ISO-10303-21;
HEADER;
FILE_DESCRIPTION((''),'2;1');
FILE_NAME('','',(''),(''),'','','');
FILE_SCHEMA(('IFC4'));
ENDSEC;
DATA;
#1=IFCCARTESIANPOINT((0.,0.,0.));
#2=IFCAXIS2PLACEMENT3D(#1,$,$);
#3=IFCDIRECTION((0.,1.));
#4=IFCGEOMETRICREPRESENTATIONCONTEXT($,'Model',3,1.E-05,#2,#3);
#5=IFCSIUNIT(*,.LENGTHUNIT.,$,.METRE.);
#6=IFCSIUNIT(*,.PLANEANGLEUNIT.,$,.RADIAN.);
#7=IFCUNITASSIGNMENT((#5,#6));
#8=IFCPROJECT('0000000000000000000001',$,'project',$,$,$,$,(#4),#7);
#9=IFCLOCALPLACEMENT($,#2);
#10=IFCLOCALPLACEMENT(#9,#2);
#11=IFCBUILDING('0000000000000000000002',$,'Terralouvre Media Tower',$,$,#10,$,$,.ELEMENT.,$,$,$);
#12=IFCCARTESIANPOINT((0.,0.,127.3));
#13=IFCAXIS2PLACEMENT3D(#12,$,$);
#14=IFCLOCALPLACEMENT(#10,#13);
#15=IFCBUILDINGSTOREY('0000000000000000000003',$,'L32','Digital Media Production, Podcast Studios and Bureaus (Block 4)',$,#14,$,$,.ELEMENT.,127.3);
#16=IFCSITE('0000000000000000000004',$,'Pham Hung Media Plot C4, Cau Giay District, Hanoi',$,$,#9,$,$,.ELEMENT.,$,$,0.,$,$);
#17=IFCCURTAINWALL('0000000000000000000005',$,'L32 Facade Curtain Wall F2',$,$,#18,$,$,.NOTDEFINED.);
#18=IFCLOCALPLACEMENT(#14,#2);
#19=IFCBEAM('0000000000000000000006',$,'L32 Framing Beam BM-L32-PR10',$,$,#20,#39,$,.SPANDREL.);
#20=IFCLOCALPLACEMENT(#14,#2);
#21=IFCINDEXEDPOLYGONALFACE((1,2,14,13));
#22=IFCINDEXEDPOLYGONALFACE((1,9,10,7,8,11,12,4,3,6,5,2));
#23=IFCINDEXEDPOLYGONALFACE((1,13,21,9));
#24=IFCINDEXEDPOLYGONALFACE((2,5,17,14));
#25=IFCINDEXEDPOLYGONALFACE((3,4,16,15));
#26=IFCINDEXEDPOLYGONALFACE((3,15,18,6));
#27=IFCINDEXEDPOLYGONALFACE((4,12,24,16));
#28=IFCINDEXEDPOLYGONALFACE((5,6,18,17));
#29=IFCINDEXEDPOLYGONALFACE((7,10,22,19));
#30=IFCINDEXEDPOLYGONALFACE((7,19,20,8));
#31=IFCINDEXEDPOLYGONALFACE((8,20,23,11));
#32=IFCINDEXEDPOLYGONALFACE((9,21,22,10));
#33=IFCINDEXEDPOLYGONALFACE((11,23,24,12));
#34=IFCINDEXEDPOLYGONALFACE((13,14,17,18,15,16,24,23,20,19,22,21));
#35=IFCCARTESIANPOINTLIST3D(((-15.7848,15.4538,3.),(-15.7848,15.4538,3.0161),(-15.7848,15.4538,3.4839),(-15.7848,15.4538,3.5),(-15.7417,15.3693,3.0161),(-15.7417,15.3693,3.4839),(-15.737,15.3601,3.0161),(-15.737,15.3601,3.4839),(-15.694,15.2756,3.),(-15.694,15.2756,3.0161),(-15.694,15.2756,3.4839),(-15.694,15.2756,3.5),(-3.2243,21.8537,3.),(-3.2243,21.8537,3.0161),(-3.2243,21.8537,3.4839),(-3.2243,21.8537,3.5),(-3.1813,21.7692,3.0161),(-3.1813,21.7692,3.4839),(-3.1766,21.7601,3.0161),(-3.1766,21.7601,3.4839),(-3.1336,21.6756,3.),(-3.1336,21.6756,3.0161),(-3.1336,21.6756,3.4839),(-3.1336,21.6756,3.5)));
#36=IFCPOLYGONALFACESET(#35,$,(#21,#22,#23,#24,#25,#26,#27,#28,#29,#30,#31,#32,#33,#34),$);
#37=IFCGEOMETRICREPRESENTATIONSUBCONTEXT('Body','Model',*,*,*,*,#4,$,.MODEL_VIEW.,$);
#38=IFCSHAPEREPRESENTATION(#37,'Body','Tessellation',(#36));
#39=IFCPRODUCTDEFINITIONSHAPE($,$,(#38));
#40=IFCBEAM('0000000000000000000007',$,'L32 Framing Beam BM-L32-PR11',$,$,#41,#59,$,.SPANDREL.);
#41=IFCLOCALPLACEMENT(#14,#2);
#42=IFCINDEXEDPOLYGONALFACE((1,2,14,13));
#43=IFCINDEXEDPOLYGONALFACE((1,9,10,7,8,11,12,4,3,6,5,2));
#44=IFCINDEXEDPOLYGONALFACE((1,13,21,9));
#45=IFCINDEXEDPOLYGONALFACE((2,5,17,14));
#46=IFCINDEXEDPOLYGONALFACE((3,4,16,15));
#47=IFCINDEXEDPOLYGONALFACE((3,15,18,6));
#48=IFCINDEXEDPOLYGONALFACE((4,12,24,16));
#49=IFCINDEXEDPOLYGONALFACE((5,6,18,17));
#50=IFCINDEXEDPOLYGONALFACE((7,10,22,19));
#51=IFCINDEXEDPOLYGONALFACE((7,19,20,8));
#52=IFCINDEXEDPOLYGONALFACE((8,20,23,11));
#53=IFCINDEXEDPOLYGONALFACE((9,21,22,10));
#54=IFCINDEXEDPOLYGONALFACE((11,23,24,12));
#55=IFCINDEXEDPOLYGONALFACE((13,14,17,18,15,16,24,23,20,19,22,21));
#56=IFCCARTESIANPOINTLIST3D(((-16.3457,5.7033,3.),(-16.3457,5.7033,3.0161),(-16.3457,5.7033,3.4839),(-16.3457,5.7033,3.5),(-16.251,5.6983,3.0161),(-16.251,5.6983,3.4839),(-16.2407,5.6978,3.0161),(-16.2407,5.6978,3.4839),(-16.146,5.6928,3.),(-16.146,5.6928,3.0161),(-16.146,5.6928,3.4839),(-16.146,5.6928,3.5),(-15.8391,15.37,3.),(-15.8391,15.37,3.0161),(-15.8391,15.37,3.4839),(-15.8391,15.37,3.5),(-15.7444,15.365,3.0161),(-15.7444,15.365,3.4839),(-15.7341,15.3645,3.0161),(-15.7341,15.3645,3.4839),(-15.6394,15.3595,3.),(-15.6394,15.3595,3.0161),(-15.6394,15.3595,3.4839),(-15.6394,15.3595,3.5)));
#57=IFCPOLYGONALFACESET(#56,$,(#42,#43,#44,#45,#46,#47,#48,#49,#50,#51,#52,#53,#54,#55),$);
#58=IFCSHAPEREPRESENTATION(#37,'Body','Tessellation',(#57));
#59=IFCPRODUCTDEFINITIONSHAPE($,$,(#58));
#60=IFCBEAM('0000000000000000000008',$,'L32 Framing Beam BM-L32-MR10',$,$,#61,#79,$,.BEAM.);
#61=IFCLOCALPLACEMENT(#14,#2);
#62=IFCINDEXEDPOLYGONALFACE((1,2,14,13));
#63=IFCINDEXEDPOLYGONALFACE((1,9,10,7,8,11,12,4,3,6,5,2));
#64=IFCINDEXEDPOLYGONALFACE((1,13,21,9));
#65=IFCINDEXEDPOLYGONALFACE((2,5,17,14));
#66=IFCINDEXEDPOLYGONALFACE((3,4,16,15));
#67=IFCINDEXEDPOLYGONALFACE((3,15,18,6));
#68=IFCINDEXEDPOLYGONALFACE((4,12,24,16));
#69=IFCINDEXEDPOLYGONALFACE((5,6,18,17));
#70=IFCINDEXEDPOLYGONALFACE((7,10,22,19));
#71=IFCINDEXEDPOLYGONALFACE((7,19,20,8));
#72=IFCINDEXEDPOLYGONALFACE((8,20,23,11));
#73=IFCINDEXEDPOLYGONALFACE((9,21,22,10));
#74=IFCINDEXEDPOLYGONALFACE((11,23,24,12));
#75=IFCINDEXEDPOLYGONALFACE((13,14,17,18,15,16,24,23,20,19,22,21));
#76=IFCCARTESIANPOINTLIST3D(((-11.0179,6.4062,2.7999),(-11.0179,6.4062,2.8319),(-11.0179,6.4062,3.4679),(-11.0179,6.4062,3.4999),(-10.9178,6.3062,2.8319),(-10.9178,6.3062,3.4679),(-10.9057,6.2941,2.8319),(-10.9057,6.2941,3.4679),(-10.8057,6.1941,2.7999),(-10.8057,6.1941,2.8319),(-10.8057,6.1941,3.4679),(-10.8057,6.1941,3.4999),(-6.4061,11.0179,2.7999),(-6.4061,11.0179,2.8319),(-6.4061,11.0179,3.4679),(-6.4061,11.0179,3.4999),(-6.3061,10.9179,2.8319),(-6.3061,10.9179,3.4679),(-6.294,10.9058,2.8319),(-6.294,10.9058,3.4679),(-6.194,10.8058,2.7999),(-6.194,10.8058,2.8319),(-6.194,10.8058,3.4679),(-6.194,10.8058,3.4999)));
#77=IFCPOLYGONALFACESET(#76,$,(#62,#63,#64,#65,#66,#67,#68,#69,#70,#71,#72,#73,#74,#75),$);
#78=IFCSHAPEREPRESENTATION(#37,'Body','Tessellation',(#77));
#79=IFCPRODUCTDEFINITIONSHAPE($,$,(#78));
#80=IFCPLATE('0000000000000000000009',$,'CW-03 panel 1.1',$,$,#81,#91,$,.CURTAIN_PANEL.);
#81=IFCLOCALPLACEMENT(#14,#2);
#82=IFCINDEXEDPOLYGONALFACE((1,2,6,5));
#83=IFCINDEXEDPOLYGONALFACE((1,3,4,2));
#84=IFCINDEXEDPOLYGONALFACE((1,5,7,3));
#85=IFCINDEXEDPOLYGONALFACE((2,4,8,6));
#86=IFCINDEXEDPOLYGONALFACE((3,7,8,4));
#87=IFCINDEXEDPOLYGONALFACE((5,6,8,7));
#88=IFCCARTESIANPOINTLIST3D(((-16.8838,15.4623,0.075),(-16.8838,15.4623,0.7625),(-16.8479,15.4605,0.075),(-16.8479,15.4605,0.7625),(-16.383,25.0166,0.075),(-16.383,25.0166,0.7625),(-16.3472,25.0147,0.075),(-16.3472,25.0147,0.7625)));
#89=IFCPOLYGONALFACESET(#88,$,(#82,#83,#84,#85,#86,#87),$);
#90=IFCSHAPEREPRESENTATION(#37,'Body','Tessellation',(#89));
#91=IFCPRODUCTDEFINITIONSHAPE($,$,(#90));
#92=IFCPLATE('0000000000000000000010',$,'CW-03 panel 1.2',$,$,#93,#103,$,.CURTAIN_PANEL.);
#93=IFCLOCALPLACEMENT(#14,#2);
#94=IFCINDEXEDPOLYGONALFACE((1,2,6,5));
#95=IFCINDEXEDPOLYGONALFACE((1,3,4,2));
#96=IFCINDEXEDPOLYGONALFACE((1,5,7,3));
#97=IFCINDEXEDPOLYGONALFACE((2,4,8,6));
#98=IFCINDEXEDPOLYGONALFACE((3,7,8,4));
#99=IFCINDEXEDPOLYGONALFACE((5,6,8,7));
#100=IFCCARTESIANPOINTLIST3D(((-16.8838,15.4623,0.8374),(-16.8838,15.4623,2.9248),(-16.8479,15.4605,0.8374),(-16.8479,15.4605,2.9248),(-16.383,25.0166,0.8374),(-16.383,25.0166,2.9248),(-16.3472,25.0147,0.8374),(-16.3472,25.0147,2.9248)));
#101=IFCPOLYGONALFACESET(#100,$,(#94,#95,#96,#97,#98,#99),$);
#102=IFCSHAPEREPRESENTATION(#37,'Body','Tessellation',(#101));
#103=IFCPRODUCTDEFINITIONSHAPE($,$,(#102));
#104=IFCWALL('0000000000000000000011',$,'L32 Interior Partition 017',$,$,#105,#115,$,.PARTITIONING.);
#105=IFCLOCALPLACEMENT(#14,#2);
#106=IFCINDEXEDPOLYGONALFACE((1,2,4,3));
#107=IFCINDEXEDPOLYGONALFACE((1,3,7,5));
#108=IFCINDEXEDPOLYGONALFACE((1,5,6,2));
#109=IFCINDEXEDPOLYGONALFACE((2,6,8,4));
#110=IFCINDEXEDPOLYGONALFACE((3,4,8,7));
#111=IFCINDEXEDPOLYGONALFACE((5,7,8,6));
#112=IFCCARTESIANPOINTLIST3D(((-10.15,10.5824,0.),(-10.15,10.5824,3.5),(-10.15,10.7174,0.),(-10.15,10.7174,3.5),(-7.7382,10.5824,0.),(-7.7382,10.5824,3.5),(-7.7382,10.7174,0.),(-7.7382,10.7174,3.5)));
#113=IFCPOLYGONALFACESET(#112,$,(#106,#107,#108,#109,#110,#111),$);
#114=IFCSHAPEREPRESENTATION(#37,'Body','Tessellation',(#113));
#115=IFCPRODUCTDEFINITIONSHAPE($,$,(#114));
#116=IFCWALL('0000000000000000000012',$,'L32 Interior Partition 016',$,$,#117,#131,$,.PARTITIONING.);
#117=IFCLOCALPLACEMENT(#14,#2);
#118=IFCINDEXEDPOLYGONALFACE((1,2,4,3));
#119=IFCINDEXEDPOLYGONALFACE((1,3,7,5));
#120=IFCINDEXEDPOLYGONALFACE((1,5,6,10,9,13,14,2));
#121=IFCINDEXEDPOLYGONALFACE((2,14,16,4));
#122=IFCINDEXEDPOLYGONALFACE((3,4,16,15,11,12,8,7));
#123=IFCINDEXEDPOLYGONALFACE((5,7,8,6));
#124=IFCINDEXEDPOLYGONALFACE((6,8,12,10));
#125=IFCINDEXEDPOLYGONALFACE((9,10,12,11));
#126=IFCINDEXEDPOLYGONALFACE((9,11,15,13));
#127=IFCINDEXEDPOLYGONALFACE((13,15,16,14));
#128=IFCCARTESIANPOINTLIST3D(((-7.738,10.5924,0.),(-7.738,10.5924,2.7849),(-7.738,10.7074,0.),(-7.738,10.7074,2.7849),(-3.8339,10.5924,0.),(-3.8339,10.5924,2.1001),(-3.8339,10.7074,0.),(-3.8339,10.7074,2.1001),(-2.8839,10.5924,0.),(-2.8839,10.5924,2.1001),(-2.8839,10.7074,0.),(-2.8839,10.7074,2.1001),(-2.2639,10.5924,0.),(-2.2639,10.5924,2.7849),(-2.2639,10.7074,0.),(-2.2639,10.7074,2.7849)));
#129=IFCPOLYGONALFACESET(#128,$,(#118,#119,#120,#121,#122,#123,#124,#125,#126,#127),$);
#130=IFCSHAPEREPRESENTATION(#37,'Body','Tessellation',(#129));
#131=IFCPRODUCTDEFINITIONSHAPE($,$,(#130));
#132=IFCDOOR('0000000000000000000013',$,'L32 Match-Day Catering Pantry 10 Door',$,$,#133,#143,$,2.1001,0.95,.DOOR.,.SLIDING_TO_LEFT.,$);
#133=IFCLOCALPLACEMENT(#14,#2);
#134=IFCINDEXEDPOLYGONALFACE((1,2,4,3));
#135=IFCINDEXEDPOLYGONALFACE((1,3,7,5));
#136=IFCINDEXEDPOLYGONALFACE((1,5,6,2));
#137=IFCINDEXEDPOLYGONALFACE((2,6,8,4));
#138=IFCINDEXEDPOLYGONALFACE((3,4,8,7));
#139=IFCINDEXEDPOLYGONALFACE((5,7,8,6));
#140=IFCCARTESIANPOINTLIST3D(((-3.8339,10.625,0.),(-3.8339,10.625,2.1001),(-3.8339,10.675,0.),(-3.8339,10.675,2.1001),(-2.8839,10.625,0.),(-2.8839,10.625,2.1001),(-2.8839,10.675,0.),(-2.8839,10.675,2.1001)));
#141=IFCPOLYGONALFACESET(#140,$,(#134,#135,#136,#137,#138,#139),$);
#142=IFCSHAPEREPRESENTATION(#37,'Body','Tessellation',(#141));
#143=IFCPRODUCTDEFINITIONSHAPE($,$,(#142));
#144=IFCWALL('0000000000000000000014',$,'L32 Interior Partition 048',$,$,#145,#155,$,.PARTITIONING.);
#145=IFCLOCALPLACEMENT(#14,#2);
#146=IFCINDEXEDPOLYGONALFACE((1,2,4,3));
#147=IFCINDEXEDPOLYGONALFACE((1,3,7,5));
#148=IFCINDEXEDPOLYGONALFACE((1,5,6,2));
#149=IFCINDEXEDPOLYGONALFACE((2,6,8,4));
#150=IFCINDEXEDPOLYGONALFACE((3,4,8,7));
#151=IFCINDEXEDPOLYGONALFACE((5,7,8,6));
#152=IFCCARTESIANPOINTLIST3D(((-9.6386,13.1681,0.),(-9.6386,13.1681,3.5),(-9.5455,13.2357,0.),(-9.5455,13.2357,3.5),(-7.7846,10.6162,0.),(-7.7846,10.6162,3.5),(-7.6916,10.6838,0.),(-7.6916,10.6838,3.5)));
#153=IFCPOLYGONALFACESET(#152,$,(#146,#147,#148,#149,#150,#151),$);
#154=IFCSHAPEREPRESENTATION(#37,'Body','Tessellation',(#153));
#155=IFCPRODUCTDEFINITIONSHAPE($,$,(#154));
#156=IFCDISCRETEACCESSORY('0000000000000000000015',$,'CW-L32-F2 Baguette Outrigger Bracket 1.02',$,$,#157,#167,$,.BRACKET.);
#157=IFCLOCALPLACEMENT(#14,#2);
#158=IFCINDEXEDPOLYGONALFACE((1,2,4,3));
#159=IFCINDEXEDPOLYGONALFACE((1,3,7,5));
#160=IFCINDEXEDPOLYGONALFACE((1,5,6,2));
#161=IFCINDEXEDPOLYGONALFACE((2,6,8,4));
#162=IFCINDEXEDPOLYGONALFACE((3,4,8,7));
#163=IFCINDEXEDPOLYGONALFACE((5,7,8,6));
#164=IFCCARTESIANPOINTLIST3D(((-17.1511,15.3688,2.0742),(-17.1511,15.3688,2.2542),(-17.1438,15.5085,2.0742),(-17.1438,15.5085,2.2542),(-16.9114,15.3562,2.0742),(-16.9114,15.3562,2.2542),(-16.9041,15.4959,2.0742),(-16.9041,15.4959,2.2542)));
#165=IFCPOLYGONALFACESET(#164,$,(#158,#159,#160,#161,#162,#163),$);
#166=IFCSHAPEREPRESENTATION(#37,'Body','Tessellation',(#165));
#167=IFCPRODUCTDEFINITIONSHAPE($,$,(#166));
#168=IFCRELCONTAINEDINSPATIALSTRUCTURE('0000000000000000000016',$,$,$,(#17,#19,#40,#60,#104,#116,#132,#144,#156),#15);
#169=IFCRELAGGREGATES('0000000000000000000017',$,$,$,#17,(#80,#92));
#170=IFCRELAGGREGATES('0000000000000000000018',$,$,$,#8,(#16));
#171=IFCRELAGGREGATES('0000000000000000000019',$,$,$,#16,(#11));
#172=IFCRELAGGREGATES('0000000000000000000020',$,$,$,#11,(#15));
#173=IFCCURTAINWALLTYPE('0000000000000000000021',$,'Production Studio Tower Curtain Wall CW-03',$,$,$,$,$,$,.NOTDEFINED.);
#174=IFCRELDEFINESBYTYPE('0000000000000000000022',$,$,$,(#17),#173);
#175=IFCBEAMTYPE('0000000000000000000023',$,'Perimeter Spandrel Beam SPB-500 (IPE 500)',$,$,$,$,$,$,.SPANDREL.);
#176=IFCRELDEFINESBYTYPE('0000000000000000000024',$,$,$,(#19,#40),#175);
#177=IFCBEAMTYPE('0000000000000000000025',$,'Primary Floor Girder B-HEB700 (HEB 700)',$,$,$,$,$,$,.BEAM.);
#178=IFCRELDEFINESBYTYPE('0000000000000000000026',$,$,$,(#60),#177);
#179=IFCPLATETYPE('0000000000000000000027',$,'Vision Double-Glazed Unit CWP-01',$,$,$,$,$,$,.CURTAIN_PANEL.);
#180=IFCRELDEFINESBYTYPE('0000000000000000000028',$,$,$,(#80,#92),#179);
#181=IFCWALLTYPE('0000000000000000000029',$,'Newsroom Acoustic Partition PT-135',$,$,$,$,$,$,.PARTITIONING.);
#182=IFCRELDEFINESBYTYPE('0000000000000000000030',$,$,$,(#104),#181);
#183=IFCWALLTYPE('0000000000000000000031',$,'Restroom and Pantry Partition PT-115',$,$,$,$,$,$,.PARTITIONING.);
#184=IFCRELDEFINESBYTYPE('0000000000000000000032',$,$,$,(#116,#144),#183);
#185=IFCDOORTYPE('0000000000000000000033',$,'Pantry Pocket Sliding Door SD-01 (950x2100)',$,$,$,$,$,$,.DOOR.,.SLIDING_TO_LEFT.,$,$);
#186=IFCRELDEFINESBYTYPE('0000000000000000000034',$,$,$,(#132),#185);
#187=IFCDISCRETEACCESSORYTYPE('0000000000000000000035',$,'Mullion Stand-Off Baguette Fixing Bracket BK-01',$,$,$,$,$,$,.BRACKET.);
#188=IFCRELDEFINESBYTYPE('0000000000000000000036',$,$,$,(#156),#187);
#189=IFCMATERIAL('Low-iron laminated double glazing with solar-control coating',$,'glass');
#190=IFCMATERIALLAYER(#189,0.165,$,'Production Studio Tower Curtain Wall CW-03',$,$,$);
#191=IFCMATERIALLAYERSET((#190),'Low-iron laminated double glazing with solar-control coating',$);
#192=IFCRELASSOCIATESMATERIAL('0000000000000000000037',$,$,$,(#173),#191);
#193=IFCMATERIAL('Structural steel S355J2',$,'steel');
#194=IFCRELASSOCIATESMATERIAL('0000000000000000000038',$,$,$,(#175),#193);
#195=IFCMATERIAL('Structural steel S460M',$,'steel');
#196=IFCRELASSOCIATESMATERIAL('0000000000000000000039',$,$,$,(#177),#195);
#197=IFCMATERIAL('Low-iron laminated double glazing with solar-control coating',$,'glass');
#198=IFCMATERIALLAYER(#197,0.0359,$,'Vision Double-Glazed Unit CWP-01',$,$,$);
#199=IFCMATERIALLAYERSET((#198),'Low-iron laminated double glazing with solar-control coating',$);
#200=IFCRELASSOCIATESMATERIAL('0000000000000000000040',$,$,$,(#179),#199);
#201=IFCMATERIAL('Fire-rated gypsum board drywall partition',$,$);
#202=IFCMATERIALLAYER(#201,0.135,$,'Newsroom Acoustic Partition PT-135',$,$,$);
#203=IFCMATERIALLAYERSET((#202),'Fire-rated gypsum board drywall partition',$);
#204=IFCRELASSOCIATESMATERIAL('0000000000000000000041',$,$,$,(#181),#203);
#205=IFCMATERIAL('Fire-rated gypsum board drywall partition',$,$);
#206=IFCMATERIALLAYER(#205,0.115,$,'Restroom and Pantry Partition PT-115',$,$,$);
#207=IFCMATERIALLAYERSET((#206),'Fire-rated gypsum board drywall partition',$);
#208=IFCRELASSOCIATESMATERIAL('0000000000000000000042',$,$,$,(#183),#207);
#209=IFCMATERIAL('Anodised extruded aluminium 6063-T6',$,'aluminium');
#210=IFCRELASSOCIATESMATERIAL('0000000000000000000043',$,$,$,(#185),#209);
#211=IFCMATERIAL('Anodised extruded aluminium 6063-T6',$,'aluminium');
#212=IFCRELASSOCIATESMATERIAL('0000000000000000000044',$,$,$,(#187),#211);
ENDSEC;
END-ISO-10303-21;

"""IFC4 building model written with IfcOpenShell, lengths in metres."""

from ifc_helpers import new_model, si_unit, direction, frame, frame_2d, origin, origin_2d, place, context, subcontext, project, spatial, rectangle, i_section, extrude, material, layer, layer_set, material_profile, profile_set, type_object, element, fill, aggregate, save


model = new_model("IFC4")

# Units and contexts
model_context = context("Model", 3, precision=1e-05, world=origin(), true_north=direction((0.0, 1.0)))
body_context = subcontext(model_context, "Body", "Model", "MODEL_VIEW")
ifc_project = project(units=[si_unit("LENGTHUNIT", "METRE"), si_unit("PLANEANGLEUNIT", "RADIAN")], contexts=[model_context])

# Site, building, storey
site_placement = place(None, origin())
site = spatial("IfcSite", under=ifc_project, at=site_placement, Name="Pham Hung Media Plot C4, Cau Giay District, Hanoi", CompositionType="ELEMENT", RefElevation=0.0)
building_placement = place(site_placement, origin())
building = spatial("IfcBuilding", under=site, at=building_placement, Name="Terralouvre Media Tower", CompositionType="ELEMENT")
storey_placement = place(building_placement, frame((0.0, 0.0, 127.3)))
storey = spatial("IfcBuildingStorey", under=building, at=storey_placement, Name="L32", Description="Digital Media Production, Podcast Studios and Bureaus (Block 4)", CompositionType="ELEMENT", Elevation=127.3)

# Curtain wall
ifc_material_1 = material(Name="Low-iron laminated double glazing with solar-control coating", Category="glass")
ifc_layer_1 = layer(ifc_material_1, 0.165, Name="Production Studio Tower Curtain Wall CW-03")
ifc_layer_set_1 = layer_set([ifc_layer_1], Name="Low-iron laminated double glazing with solar-control coating")
curtain_wall_type = type_object("IfcCurtainWallType", Name="Production Studio Tower Curtain Wall CW-03", PredefinedType="NOTDEFINED", material=ifc_layer_set_1)
curtain_wall_1_placement = place(storey_placement, origin())
curtain_wall_1 = element("IfcCurtainWall", 1, at=curtain_wall_1_placement, inside=storey, type_object=curtain_wall_type, Name="L32 Facade Curtain Wall F2", PredefinedType="NOTDEFINED")

# Beams
ifc_material_2 = material(Name="Structural steel S355J2", Category="steel")
ifc_material_profile_1 = material_profile(ifc_material_2, i_section(OverallWidth=0.2, OverallDepth=0.5, WebThickness=0.0103, FlangeThickness=0.0161, at=origin_2d()), Name="IPE 500")
ifc_profile_set_1 = profile_set([ifc_material_profile_1], Name="Structural steel S355J2")
beam_type_1 = type_object("IfcBeamType", Name="Perimeter Spandrel Beam SPB-500 (IPE 500)", PredefinedType="SPANDREL", material=ifc_profile_set_1)
beam_1_placement = place(storey_placement, frame((-3.179, 21.7646, 3.25), z_axis=(-0.891003, -0.453997, 0.0), x_axis=(0.453997, -0.891003, 0.0)))
element("IfcBeam", 2, at=beam_1_placement, inside=storey, type_object=beam_type_1, Name="L32 Framing Beam BM-L32-PR10", PredefinedType="SPANDREL", context=body_context, shape_type="SweptSolid", body=[
    extrude(i_section(OverallWidth=0.2, OverallDepth=0.5, WebThickness=0.0103, FlangeThickness=0.0161, at=origin_2d()), origin(), (0.0, 0.0, 1.0), 14.0969),
])
beam_2_placement = place(storey_placement, frame((-15.7393, 15.3647, 3.25), z_axis=(-0.052334, -0.99863, 0.0), x_axis=(0.99863, -0.052334, 0.0)))
element("IfcBeam", 3, at=beam_2_placement, inside=storey, type_object=beam_type_1, Name="L32 Framing Beam BM-L32-PR11", PredefinedType="SPANDREL", context=body_context, shape_type="SweptSolid", body=[
    extrude(i_section(OverallWidth=0.2, OverallDepth=0.5, WebThickness=0.0103, FlangeThickness=0.0161, at=origin_2d()), origin(), (0.0, 0.0, 1.0), 9.6799),
])
ifc_material_3 = material(Name="Structural steel S460M", Category="steel")
ifc_material_profile_2 = material_profile(ifc_material_3, i_section(OverallWidth=0.3, OverallDepth=0.7, WebThickness=0.0171, FlangeThickness=0.032, at=origin_2d()), Name="HEB 700")
ifc_profile_set_2 = profile_set([ifc_material_profile_2], Name="Structural steel S460M")
beam_type_2 = type_object("IfcBeamType", Name="Primary Floor Girder B-HEB700 (HEB 700)", PredefinedType="BEAM", material=ifc_profile_set_2)
beam_3_placement = place(storey_placement, frame((-6.3, 10.9119, 3.1499), z_axis=(-0.707107, -0.707107, 0.0), x_axis=(0.707107, -0.707107, 0.0)))
element("IfcBeam", 4, at=beam_3_placement, inside=storey, type_object=beam_type_2, Name="L32 Framing Beam BM-L32-MR10", PredefinedType="BEAM", context=body_context, shape_type="SweptSolid", body=[
    extrude(i_section(OverallWidth=0.3, OverallDepth=0.7, WebThickness=0.0171, FlangeThickness=0.032, at=origin_2d()), origin(), (0.0, 0.0, 1.0), 6.522),
])

# Plates
ifc_material_4 = material(Name="Low-iron laminated double glazing with solar-control coating", Category="glass")
ifc_layer_2 = layer(ifc_material_4, 0.0359, Name="Vision Double-Glazed Unit CWP-01")
ifc_layer_set_2 = layer_set([ifc_layer_2], Name="Low-iron laminated double glazing with solar-control coating")
plate_type = type_object("IfcPlateType", Name="Vision Double-Glazed Unit CWP-01", PredefinedType="CURTAIN_PANEL", material=ifc_layer_set_2)
plate_1_placement = place(storey_placement, frame((-16.6155, 20.2385, 0.075), z_axis=(0.0, 0.0, 1.0), x_axis=(-0.052336, -0.99863, 0.0)))
plate_1 = element("IfcPlate", 5, at=plate_1_placement, type_object=plate_type, Name="CW-03 panel 1.1", PredefinedType="CURTAIN_PANEL", context=body_context, shape_type="SweptSolid", body=[
    extrude(rectangle(XDim=9.5674, YDim=0.0359, at=origin_2d()), origin(), (0.0, 0.0, 1.0), 0.6875),
])
plate_2_placement = place(storey_placement, frame((-16.6155, 20.2385, 0.8374), z_axis=(0.0, 0.0, 1.0), x_axis=(-0.052336, -0.99863, 0.0)))
plate_2 = element("IfcPlate", 6, at=plate_2_placement, type_object=plate_type, Name="CW-03 panel 1.2", PredefinedType="CURTAIN_PANEL", context=body_context, shape_type="SweptSolid", body=[
    extrude(rectangle(XDim=9.5674, YDim=0.0359, at=origin_2d()), origin(), (0.0, 0.0, 1.0), 2.0874),
])
aggregate(curtain_wall_1, [plate_1, plate_2])

# Wall
ifc_material_5 = material(Name="Fire-rated gypsum board drywall partition")
ifc_layer_3 = layer(ifc_material_5, 0.135, Name="Newsroom Acoustic Partition PT-135")
ifc_layer_set_3 = layer_set([ifc_layer_3], Name="Fire-rated gypsum board drywall partition")
wall_type_1 = type_object("IfcWallType", Name="Newsroom Acoustic Partition PT-135", PredefinedType="PARTITIONING", material=ifc_layer_set_3)
wall_1_placement = place(storey_placement, frame((-7.738, 10.6499, 0.0), z_axis=(0.0, 0.0, 1.0), x_axis=(-1.0, 0.0, 0.0)))
element("IfcWall", 7, at=wall_1_placement, inside=storey, type_object=wall_type_1, Name="L32 Interior Partition 017", PredefinedType="PARTITIONING", context=body_context, shape_type="SweptSolid", body=[
    extrude(rectangle(XDim=2.4119, YDim=0.135, at=frame_2d((1.2061, 0.0))), origin(), (0.0, 0.0, 1.0), 3.5),
])

# Wall, opening, door
ifc_material_6 = material(Name="Fire-rated gypsum board drywall partition")
ifc_layer_4 = layer(ifc_material_6, 0.115, Name="Restroom and Pantry Partition PT-115")
ifc_layer_set_4 = layer_set([ifc_layer_4], Name="Fire-rated gypsum board drywall partition")
wall_type_2 = type_object("IfcWallType", Name="Restroom and Pantry Partition PT-115", PredefinedType="PARTITIONING", material=ifc_layer_set_4)
wall_2_placement = place(storey_placement, frame((-2.2639, 10.6499, 0.0), z_axis=(0.0, 0.0, 1.0), x_axis=(-1.0, 0.0, 0.0)))
wall_2 = element("IfcWall", 8, at=wall_2_placement, inside=storey, type_object=wall_type_2, Name="L32 Interior Partition 016", PredefinedType="PARTITIONING", context=body_context, shape_type="SweptSolid", body=[
    extrude(rectangle(XDim=5.4741, YDim=0.115, at=frame_2d((2.7371, 0.0))), origin(), (0.0, 0.0, 1.0), 2.7849),
])
opening_placement = place(wall_2_placement, frame((0.6199, 0.0, 0.0)))
opening = element("IfcOpeningElement", 9, at=opening_placement, cuts=wall_2, PredefinedType="OPENING", context=body_context, shape_type="SweptSolid", body=[
    extrude(rectangle(XDim=0.95, YDim=2.1001, at=frame_2d((0.4751, 1.05))), frame((0.0, 0.0674, 0.0), z_axis=(0.0, -1.0, 0.0), x_axis=(1.0, 0.0, 0.0)), (0.0, 0.0, 1.0), 0.135),
])
ifc_material_7 = material(Name="Anodised extruded aluminium 6063-T6", Category="aluminium")
door_type = type_object("IfcDoorType", Name="Pantry Pocket Sliding Door SD-01 (950x2100)", OperationType="SLIDING_TO_LEFT", PredefinedType="DOOR", material=ifc_material_7)
door_placement = place(opening_placement, origin())
door = element("IfcDoor", 10, at=door_placement, inside=storey, type_object=door_type, Name="L32 Match-Day Catering Pantry 10 Door", OperationType="SLIDING_TO_LEFT", OverallHeight=2.1001, OverallWidth=0.95, PredefinedType="DOOR", context=body_context, shape_type="SweptSolid", body=[
    extrude(rectangle(XDim=0.95, YDim=2.1001, at=frame_2d((0.4751, 1.05))), frame((0.0, 0.0249, 0.0), z_axis=(0.0, -1.0, 0.0), x_axis=(1.0, 0.0, 0.0)), (0.0, 0.0, 1.0), 0.05),
])
fill(opening, door)

# Wall
wall_3_placement = place(storey_placement, frame((-9.592, 13.2019, 0.0), z_axis=(0.0, 0.0, 1.0), x_axis=(0.587757, -0.809037, 0.0)))
element("IfcWall", 11, at=wall_3_placement, inside=storey, type_object=wall_type_2, Name="L32 Interior Partition 048", PredefinedType="PARTITIONING", context=body_context, shape_type="SweptSolid", body=[
    extrude(rectangle(XDim=3.1543, YDim=0.115, at=frame_2d((1.5771, 0.0))), origin(), (0.0, 0.0, 1.0), 3.5),
])

# Discrete accessory
ifc_material_8 = material(Name="Anodised extruded aluminium 6063-T6", Category="aluminium")
discrete_accessory_type = type_object("IfcDiscreteAccessoryType", Name="Mullion Stand-Off Baguette Fixing Bracket BK-01", PredefinedType="BRACKET", material=ifc_material_8)
discrete_accessory_placement = place(storey_placement, frame((-17.0276, 15.4324, 2.0742), z_axis=(0.0, 0.0, 1.0), x_axis=(-0.052336, -0.99863, 0.0)))
element("IfcDiscreteAccessory", 12, at=discrete_accessory_placement, inside=storey, type_object=discrete_accessory_type, Name="CW-L32-F2 Baguette Outrigger Bracket 1.02", PredefinedType="BRACKET", context=body_context, shape_type="SweptSolid", body=[
    extrude(rectangle(XDim=0.1399, YDim=0.24, at=origin_2d()), origin(), (0.0, 0.0, 1.0), 0.1799),
])

save(model, "model.ifc")
